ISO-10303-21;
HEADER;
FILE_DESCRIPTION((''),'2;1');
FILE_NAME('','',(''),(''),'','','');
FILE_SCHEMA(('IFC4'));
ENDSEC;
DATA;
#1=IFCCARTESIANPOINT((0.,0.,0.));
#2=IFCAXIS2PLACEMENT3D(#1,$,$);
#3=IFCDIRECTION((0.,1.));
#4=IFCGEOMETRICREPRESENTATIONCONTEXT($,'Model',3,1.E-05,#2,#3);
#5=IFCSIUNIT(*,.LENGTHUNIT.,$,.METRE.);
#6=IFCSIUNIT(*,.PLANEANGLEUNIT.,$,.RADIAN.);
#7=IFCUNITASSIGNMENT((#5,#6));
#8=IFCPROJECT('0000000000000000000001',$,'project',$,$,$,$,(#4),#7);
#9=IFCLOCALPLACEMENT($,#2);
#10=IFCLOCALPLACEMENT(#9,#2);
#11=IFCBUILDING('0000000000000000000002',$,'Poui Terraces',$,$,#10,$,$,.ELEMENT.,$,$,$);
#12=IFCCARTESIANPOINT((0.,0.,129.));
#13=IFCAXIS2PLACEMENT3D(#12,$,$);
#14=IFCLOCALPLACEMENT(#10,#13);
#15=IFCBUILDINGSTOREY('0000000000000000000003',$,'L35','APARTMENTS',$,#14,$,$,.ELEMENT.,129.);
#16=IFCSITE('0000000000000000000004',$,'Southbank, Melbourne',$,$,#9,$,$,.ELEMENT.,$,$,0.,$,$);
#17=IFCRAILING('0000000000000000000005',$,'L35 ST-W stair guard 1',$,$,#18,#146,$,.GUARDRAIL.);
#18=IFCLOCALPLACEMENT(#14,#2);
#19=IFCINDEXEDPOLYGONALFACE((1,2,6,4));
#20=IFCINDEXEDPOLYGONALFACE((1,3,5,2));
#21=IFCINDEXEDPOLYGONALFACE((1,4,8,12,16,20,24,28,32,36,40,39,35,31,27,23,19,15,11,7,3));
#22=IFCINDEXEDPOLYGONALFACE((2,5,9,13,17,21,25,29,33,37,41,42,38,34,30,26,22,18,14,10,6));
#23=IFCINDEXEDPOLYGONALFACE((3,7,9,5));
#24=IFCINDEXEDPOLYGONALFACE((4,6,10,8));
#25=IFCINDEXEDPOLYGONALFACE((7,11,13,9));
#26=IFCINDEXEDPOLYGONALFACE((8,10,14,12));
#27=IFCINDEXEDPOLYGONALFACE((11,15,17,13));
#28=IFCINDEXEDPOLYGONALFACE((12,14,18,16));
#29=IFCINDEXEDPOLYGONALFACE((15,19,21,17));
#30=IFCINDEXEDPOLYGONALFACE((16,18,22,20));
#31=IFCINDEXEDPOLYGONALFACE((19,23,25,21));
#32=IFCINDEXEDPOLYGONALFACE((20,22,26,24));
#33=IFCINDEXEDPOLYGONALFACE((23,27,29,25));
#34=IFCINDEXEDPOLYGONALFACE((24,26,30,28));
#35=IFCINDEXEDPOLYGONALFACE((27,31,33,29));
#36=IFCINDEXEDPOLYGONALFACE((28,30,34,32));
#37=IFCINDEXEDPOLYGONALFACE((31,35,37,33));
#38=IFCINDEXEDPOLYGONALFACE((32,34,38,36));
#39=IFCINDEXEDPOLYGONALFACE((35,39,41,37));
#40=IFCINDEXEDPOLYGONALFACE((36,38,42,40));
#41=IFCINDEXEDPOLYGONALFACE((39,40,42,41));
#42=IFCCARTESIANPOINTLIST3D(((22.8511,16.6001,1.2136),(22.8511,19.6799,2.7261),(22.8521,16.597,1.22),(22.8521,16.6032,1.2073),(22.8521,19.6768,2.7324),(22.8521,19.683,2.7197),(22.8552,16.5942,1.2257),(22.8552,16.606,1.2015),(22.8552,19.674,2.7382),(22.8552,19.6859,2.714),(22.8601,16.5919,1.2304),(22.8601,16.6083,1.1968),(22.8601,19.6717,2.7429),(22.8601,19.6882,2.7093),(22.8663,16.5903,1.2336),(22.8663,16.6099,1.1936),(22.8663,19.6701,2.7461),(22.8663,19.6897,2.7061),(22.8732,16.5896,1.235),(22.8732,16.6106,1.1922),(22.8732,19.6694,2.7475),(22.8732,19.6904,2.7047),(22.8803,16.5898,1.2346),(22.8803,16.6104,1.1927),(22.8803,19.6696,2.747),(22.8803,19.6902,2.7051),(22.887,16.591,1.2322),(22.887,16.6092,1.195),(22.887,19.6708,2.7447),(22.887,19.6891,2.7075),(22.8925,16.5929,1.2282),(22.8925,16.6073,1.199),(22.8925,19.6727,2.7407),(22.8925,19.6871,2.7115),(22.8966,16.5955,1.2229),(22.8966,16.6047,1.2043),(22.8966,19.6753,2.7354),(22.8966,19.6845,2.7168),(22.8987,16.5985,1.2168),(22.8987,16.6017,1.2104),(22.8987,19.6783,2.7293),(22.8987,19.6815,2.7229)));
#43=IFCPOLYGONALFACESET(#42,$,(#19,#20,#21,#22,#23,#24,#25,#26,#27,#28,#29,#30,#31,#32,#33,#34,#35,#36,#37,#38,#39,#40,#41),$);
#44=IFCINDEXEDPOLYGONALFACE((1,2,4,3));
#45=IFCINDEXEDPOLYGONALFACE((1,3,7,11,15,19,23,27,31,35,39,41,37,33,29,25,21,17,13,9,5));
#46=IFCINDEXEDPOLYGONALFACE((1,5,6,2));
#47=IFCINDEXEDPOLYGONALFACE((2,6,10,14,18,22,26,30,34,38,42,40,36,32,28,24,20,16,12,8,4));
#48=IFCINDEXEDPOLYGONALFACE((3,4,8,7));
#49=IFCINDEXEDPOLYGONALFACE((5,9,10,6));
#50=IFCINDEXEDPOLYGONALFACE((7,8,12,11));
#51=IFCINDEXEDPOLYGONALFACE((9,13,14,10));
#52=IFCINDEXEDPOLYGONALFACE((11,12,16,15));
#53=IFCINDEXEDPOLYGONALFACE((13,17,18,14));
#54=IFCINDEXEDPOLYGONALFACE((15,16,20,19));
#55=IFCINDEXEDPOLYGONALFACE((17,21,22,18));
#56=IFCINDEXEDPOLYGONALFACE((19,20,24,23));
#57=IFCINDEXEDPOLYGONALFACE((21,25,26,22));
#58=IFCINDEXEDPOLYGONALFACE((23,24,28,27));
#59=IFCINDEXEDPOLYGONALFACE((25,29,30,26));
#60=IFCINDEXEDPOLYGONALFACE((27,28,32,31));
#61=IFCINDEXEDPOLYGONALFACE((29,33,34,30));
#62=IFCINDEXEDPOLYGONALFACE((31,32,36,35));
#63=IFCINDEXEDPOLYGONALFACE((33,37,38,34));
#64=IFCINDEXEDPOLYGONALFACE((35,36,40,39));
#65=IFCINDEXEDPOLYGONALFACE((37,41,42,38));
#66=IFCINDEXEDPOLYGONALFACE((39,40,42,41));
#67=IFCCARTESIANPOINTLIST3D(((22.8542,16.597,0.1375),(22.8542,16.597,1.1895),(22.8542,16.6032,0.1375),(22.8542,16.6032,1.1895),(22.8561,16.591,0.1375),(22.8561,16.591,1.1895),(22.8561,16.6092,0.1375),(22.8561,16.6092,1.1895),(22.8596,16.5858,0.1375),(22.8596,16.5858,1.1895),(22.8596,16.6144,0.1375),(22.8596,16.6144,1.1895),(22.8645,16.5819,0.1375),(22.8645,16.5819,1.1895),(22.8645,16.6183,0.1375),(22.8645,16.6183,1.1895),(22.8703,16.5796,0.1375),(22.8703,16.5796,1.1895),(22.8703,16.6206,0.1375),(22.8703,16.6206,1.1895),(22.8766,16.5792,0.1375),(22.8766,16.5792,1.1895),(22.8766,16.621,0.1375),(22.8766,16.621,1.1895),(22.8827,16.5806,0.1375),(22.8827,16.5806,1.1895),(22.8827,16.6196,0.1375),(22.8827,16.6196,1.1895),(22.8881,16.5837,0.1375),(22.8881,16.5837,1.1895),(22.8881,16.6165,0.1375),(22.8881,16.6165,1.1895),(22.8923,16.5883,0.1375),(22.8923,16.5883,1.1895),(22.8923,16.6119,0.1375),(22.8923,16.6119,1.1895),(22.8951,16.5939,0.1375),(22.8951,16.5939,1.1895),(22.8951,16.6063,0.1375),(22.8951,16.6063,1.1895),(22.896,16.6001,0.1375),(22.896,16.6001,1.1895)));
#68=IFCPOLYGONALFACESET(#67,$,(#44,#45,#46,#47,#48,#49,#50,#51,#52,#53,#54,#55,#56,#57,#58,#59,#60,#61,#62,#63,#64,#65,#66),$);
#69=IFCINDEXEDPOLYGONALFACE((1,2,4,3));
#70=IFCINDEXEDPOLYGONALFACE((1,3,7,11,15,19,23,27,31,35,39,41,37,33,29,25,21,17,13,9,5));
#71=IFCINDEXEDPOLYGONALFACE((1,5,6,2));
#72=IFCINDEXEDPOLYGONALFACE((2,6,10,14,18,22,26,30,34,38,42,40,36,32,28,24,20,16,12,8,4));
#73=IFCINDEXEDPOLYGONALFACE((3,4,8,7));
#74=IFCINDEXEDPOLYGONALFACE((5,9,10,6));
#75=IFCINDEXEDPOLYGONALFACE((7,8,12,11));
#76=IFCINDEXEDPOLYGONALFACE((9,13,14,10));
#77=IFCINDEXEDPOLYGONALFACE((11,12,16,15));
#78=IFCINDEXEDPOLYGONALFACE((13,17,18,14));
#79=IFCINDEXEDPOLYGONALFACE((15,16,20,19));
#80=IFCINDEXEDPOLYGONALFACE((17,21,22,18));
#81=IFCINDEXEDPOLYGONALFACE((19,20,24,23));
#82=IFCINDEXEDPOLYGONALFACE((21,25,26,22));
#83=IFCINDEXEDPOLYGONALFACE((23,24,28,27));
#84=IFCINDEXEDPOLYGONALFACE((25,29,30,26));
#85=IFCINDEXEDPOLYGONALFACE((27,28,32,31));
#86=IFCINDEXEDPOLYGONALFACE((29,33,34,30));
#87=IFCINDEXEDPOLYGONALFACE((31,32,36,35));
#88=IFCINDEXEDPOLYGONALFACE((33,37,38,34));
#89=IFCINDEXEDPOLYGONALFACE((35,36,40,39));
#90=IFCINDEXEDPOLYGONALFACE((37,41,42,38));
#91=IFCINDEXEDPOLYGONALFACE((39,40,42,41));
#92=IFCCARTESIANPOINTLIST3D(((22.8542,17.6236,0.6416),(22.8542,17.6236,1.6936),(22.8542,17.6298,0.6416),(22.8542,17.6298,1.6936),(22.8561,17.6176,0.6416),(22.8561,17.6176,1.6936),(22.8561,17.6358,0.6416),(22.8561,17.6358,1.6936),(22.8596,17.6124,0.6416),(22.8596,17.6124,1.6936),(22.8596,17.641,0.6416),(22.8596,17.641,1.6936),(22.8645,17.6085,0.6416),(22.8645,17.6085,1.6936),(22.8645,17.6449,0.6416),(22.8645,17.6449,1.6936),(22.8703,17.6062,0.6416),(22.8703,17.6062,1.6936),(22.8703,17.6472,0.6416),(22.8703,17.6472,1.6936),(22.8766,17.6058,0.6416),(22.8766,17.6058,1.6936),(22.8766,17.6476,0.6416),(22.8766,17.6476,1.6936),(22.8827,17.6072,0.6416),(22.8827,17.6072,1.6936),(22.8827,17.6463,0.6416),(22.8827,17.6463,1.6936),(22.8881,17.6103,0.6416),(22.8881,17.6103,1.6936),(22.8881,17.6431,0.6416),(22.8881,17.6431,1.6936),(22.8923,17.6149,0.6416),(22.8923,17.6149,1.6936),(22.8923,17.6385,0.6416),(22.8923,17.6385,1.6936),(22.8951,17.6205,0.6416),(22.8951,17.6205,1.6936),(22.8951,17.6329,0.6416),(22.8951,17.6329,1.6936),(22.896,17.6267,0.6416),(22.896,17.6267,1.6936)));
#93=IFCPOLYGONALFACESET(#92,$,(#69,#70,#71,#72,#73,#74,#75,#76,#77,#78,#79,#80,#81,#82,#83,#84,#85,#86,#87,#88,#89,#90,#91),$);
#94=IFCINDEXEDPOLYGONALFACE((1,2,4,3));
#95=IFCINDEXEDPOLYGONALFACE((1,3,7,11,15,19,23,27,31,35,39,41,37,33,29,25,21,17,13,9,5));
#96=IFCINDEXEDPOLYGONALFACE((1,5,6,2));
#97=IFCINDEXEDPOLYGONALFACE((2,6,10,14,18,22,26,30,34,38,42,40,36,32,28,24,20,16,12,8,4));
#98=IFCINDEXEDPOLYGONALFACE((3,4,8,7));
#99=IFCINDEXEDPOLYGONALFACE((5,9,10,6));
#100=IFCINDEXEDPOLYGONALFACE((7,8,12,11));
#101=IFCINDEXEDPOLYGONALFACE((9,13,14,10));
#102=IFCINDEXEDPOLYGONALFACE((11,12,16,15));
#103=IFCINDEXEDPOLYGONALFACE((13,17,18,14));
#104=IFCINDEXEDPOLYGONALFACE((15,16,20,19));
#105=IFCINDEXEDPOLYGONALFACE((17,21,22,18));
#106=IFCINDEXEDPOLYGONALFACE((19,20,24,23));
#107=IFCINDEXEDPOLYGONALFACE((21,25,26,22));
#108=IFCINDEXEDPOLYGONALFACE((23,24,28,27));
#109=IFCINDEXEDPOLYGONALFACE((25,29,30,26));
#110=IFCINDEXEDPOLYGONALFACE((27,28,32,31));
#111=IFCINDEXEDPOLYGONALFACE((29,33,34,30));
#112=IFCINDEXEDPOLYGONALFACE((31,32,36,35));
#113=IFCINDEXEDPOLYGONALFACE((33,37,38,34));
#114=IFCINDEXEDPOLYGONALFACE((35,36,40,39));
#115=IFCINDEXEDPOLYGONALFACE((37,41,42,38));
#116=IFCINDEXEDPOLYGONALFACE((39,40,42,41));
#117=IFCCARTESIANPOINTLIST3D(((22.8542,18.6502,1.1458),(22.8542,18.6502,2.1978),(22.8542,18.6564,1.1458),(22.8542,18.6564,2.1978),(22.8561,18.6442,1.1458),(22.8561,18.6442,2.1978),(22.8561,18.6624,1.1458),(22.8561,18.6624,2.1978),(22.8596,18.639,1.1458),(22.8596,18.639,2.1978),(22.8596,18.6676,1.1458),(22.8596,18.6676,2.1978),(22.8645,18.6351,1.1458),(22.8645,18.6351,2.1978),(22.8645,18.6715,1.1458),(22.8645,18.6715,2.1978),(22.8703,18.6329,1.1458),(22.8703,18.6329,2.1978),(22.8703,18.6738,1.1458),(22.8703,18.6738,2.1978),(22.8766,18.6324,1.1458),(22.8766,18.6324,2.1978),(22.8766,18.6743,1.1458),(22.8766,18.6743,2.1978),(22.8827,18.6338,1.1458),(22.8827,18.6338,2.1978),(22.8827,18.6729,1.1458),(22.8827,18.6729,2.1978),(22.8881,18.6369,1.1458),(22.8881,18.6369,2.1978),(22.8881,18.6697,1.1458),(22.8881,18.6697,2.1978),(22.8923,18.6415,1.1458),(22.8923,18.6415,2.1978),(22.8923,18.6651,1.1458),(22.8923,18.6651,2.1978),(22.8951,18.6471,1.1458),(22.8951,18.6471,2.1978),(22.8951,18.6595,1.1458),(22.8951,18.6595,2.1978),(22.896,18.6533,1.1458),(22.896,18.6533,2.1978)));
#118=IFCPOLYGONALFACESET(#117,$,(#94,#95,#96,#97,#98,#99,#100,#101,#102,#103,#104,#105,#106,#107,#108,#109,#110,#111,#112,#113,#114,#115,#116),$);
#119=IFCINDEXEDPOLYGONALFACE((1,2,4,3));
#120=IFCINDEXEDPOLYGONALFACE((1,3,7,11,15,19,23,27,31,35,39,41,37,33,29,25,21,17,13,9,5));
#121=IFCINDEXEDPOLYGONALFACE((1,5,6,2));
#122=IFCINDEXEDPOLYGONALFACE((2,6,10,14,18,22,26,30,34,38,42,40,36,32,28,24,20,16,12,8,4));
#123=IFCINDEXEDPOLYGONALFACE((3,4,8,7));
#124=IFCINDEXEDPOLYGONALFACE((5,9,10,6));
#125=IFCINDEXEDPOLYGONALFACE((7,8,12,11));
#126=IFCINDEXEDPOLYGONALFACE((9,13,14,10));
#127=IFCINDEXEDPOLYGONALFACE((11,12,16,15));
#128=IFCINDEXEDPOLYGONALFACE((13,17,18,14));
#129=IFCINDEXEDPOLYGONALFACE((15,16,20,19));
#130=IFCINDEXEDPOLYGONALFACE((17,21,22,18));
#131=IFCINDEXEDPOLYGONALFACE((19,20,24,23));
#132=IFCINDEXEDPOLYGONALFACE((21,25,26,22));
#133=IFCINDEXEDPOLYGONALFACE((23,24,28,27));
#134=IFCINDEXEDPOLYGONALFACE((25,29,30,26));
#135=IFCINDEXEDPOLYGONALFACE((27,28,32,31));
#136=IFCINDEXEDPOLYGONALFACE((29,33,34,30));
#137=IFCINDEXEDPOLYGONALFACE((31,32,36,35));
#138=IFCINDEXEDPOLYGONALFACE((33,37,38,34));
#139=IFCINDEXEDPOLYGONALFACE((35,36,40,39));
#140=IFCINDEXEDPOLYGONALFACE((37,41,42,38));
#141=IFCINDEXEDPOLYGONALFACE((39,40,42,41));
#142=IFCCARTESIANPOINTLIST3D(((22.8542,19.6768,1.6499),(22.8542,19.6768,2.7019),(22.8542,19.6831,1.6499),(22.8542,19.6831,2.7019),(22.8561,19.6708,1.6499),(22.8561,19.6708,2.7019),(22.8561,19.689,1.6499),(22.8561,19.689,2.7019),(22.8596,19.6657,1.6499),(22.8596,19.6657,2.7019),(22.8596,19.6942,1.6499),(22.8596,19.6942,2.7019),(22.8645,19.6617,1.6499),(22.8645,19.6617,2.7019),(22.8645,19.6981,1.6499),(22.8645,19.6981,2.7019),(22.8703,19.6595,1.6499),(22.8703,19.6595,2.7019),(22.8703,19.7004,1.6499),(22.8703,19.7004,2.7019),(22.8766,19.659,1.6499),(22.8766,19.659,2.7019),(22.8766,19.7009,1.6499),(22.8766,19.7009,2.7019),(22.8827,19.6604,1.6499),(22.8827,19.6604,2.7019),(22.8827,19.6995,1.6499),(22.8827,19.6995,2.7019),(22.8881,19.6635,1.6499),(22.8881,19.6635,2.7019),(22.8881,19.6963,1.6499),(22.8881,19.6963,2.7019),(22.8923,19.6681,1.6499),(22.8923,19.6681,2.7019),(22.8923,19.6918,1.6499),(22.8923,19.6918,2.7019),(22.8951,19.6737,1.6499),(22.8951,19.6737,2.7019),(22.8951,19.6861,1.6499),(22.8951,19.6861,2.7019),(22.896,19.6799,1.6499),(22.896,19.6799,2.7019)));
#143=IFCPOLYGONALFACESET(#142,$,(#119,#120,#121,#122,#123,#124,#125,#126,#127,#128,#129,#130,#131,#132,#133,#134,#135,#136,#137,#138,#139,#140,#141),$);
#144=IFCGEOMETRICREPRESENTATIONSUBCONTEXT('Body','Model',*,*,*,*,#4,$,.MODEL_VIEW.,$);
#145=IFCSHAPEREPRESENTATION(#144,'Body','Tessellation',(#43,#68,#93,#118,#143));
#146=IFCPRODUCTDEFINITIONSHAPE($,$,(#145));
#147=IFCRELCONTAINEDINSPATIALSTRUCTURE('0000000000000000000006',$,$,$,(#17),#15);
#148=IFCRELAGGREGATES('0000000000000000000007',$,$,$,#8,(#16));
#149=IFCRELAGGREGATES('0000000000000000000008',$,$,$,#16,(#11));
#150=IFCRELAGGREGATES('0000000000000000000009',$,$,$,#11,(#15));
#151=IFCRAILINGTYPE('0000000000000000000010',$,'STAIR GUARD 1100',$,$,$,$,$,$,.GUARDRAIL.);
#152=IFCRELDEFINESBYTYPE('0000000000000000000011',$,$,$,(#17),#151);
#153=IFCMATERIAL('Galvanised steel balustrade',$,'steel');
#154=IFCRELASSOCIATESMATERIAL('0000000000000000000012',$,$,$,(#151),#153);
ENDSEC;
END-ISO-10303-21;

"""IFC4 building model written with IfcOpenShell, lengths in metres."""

from ifc_helpers import new_model, si_unit, direction, frame, origin, origin_2d, place, context, subcontext, project, spatial, circle, extrude, material, type_object, element, save


model = new_model("IFC4")

# Units and contexts
model_context = context("Model", 3, precision=1e-05, world=origin(), true_north=direction((0.0, 1.0)))
body_context = subcontext(model_context, "Body", "Model", "MODEL_VIEW")
ifc_project = project(units=[si_unit("LENGTHUNIT", "METRE"), si_unit("PLANEANGLEUNIT", "RADIAN")], contexts=[model_context])

# Site, building, storey
site_placement = place(None, origin())
site = spatial("IfcSite", under=ifc_project, at=site_placement, Name="Southbank, Melbourne", CompositionType="ELEMENT", RefElevation=0.0)
building_placement = place(site_placement, origin())
building = spatial("IfcBuilding", under=site, at=building_placement, Name="Poui Terraces", CompositionType="ELEMENT")
storey_placement = place(building_placement, frame((0.0, 0.0, 129.0)))
storey = spatial("IfcBuildingStorey", under=building, at=storey_placement, Name="L35", Description="APARTMENTS", CompositionType="ELEMENT", Elevation=129.0)

# Railing
ifc_material_1 = material(Name="Galvanised steel balustrade", Category="steel")
railing_type_1 = type_object("IfcRailingType", Name="STAIR GUARD 1100", PredefinedType="GUARDRAIL", material=ifc_material_1)
railing_1_placement = place(storey_placement, frame((22.875, 16.6001, 0.1375)))
element("IfcRailing", 1, at=railing_1_placement, inside=storey, type_object=railing_type_1, Name="L35 ST-W stair guard 1", PredefinedType="GUARDRAIL", context=body_context, shape_type="SweptSolid", body=[
    extrude(circle(Radius=0.0239, at=origin_2d()), frame((0.0, 0.0, 1.0762), z_axis=(0.0, 0.897606, 0.440798), x_axis=(-1.0, 0.0, 0.0)), (0.0, 0.0, 1.0), 3.4312),
    extrude(circle(Radius=0.021, at=origin_2d()), origin(), (0.0, 0.0, 1.0), 1.052),
    extrude(circle(Radius=0.021, at=origin_2d()), frame((0.0, 1.0266, 0.5042)), (0.0, 0.0, 1.0), 1.052),
    extrude(circle(Radius=0.021, at=origin_2d()), frame((0.0, 2.0532, 1.0083)), (0.0, 0.0, 1.0), 1.052),
    extrude(circle(Radius=0.021, at=origin_2d()), frame((0.0, 3.0798, 1.5125)), (0.0, 0.0, 1.0), 1.052),
])

save(model, "model.ifc")
